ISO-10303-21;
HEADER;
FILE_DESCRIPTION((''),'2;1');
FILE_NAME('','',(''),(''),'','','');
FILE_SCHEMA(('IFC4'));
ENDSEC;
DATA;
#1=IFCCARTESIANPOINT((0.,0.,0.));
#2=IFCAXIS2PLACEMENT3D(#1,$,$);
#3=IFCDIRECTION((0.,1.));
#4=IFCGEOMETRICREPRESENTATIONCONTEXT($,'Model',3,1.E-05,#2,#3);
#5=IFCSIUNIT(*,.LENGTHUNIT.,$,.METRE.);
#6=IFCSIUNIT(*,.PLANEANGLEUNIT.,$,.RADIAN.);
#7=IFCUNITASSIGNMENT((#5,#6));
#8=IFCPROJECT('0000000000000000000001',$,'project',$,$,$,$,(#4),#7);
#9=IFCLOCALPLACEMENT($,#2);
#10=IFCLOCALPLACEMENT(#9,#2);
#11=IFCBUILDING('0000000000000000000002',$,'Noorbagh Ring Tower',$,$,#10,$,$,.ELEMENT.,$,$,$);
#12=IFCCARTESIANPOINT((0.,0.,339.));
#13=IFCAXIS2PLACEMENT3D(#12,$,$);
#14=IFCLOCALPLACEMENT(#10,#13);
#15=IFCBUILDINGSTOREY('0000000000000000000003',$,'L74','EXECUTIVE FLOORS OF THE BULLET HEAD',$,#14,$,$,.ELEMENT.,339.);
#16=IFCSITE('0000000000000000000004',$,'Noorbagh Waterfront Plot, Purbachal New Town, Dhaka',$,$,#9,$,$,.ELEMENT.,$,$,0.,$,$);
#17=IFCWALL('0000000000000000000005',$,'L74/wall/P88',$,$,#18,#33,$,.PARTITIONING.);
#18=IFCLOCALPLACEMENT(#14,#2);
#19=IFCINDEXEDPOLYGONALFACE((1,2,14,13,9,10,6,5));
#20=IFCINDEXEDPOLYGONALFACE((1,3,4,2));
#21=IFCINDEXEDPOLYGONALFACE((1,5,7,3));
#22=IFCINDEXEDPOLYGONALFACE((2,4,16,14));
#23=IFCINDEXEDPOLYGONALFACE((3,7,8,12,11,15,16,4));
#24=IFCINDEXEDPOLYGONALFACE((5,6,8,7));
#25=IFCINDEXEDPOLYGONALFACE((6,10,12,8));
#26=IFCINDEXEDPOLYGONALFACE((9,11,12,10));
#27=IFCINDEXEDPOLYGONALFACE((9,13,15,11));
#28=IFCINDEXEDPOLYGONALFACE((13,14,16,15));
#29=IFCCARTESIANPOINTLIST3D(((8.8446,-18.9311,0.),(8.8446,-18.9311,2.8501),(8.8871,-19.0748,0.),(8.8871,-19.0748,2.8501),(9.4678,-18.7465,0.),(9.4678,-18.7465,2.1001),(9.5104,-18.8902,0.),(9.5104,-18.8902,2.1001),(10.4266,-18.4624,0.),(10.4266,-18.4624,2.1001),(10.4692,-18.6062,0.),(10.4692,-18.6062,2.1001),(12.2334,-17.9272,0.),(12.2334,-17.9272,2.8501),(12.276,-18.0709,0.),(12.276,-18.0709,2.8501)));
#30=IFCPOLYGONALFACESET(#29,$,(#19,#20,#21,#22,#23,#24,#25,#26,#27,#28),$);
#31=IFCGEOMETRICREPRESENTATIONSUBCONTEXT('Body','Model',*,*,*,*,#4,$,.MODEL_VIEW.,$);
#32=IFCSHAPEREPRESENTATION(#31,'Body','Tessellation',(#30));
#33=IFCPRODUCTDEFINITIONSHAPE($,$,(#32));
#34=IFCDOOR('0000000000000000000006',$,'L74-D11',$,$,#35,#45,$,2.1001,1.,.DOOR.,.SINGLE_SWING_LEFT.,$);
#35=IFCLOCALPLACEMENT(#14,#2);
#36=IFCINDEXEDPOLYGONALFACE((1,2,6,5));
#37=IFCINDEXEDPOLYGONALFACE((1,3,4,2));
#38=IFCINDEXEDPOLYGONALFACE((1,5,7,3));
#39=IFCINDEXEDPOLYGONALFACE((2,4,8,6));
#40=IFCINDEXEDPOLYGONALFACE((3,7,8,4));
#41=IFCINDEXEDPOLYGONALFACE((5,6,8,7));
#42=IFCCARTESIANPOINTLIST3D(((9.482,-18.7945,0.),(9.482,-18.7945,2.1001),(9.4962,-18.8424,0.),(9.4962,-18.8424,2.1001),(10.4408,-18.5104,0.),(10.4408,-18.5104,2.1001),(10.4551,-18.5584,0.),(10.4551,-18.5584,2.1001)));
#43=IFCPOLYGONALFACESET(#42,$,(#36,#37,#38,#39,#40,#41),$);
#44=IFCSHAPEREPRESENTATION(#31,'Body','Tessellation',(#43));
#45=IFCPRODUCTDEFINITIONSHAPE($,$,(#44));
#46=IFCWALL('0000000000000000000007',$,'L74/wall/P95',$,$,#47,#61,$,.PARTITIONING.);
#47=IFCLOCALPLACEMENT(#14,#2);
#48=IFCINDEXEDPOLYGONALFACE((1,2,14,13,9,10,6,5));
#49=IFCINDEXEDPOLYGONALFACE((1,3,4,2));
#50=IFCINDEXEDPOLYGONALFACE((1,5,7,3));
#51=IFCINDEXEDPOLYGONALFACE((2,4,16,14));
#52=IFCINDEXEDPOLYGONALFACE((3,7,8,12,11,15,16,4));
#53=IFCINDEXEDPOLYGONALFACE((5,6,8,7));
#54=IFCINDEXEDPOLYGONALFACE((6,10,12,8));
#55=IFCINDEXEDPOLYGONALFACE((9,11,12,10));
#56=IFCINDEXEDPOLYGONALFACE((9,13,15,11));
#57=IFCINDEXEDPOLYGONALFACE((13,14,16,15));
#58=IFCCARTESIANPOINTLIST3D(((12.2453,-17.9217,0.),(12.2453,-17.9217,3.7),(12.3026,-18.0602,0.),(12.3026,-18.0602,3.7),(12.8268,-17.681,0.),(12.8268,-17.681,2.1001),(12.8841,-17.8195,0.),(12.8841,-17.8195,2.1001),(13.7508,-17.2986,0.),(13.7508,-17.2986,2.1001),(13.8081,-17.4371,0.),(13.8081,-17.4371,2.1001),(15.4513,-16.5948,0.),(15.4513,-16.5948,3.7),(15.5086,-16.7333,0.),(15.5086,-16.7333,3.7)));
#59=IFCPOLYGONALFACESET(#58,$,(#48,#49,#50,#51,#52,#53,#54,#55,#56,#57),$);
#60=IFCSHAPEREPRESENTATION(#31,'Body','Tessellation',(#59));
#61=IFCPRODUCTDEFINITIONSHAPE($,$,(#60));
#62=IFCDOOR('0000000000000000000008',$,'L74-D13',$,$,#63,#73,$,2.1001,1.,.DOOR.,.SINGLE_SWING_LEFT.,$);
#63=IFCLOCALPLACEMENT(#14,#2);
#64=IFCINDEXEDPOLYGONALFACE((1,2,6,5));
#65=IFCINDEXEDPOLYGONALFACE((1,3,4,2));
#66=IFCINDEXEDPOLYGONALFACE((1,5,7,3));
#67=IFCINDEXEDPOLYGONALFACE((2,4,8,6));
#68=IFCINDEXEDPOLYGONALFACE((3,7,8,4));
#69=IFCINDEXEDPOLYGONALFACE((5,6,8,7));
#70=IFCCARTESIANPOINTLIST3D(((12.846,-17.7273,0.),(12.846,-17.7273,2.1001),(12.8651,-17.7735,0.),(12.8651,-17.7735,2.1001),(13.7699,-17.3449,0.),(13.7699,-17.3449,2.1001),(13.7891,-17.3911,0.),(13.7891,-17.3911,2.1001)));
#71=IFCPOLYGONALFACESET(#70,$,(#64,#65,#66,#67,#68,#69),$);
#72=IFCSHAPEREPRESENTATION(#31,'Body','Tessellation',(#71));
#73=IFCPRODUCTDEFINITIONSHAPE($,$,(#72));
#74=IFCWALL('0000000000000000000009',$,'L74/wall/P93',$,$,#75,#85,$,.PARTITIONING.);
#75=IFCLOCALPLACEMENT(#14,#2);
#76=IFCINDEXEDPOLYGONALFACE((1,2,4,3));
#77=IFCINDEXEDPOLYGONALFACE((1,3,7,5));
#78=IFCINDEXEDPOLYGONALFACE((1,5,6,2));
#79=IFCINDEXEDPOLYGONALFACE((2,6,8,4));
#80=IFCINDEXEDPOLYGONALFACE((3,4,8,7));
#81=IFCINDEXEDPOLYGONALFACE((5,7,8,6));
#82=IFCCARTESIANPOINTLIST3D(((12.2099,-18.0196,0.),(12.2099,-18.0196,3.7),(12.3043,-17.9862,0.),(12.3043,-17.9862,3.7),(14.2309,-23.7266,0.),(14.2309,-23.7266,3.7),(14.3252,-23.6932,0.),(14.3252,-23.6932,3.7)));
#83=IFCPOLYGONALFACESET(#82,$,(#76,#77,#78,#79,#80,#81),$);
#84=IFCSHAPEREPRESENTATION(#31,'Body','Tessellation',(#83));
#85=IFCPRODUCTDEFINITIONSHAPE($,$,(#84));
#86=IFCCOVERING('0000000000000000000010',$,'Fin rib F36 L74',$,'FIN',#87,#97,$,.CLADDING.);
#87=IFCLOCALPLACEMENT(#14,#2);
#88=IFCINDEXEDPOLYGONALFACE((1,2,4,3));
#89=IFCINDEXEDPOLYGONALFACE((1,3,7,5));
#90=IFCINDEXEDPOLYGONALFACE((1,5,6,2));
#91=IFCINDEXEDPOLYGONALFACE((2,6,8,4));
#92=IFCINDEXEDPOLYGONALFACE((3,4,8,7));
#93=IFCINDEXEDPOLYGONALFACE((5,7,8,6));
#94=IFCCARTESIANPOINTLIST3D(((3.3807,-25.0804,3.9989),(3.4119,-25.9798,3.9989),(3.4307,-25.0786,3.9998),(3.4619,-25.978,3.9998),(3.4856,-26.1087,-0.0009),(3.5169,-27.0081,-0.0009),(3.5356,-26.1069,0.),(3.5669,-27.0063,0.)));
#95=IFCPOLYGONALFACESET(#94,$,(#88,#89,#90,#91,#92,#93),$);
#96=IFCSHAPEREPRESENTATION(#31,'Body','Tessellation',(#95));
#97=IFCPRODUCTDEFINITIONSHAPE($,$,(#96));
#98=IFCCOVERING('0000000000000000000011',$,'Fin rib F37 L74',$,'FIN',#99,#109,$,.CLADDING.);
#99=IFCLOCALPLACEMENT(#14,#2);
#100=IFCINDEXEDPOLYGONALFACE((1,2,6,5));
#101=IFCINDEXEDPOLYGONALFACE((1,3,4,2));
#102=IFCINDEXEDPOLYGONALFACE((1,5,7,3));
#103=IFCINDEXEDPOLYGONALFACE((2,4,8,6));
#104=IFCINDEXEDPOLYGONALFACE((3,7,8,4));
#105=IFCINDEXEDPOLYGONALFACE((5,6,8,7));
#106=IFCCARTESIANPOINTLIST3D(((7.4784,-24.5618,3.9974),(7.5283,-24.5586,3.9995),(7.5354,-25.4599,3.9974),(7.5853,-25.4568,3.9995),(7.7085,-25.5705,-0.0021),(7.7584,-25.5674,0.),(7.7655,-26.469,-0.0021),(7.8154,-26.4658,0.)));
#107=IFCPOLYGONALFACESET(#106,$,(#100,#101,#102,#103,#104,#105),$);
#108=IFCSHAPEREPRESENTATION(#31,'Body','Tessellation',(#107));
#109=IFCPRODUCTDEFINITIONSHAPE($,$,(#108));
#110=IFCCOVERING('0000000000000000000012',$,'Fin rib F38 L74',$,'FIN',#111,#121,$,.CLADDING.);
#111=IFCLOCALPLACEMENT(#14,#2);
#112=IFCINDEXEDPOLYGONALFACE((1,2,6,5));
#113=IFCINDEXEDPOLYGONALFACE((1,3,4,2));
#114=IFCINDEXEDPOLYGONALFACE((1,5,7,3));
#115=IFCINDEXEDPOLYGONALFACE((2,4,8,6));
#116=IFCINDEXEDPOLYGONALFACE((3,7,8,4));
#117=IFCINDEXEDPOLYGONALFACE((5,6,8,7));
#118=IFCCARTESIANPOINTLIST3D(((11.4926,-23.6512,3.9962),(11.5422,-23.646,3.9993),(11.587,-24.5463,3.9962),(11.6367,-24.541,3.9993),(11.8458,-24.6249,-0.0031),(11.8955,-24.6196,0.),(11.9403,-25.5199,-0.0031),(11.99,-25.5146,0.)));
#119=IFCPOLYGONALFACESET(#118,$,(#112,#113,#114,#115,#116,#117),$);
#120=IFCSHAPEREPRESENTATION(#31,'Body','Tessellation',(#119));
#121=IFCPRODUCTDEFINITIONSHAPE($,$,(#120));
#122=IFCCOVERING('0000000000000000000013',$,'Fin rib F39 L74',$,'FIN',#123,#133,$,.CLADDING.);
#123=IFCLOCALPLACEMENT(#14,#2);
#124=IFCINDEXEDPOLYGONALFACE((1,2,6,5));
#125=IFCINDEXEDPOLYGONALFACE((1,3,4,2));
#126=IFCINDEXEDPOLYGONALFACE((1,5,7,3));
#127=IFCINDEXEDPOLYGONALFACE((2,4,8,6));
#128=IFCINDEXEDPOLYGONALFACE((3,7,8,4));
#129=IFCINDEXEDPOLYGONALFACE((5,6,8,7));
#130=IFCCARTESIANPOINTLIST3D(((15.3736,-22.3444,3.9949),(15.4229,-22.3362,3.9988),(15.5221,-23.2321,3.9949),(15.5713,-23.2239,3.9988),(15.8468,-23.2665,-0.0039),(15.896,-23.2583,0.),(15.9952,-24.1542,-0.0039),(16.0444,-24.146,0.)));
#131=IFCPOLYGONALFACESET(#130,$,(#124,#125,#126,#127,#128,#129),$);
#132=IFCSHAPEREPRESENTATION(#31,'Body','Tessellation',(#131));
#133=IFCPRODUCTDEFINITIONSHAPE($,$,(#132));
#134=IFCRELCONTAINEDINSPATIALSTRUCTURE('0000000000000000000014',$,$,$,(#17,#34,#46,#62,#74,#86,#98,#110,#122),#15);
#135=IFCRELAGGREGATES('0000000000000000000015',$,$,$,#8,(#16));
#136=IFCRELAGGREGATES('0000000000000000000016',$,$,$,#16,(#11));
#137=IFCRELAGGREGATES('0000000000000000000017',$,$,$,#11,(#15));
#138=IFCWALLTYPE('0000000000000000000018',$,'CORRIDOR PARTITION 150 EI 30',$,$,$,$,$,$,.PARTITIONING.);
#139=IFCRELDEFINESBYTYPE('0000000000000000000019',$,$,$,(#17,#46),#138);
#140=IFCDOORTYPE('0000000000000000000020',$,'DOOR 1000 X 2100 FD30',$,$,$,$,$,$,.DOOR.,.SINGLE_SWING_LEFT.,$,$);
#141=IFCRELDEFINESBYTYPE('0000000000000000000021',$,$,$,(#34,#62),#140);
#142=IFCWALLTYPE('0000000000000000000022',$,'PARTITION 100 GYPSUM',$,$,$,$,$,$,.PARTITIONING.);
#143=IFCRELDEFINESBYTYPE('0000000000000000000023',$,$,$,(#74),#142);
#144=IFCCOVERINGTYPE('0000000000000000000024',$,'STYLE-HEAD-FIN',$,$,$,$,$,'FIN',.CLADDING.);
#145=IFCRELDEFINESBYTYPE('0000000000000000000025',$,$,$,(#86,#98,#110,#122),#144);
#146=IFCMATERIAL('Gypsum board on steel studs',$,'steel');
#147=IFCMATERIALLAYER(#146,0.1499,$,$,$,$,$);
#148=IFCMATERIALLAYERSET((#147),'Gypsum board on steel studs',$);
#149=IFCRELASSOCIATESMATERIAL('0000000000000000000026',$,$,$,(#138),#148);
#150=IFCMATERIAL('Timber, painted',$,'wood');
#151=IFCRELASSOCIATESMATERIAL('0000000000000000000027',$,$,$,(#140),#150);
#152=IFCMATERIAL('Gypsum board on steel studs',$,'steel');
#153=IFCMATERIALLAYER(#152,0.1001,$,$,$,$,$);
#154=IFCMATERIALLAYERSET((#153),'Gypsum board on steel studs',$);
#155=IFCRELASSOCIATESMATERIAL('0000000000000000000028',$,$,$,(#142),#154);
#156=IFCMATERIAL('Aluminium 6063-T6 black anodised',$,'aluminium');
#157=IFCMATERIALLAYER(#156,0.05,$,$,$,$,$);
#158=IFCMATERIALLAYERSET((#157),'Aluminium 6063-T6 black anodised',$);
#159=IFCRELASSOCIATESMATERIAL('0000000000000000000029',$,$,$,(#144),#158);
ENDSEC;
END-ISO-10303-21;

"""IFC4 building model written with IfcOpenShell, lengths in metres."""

from ifc_helpers import new_model, si_unit, direction, frame, frame_2d, origin, place, context, subcontext, project, spatial, polyline, rectangle, outline, extrude, material, layer, layer_set, type_object, element, fill, save


model = new_model("IFC4")

# Units and contexts
model_context = context("Model", 3, precision=1e-05, world=origin(), true_north=direction((0.0, 1.0)))
body_context = subcontext(model_context, "Body", "Model", "MODEL_VIEW")
ifc_project = project(units=[si_unit("LENGTHUNIT", "METRE"), si_unit("PLANEANGLEUNIT", "RADIAN")], contexts=[model_context])

# Site, building, storey
site_placement = place(None, origin())
site = spatial("IfcSite", under=ifc_project, at=site_placement, Name="Noorbagh Waterfront Plot, Purbachal New Town, Dhaka", CompositionType="ELEMENT", RefElevation=0.0)
building_placement = place(site_placement, origin())
building = spatial("IfcBuilding", under=site, at=building_placement, Name="Noorbagh Ring Tower", CompositionType="ELEMENT")
storey_placement = place(building_placement, frame((0.0, 0.0, 339.0)))
storey = spatial("IfcBuildingStorey", under=building, at=storey_placement, Name="L74", Description="EXECUTIVE FLOORS OF THE BULLET HEAD", CompositionType="ELEMENT", Elevation=339.0)

# Shared definitions
ifc_material_1 = material(Name="Gypsum board on steel studs", Category="steel")
ifc_layer_1 = layer(ifc_material_1, 0.1499)
ifc_layer_set_1 = layer_set([ifc_layer_1], Name="Gypsum board on steel studs")
wall_type_1 = type_object("IfcWallType", Name="CORRIDOR PARTITION 150 EI 30", PredefinedType="PARTITIONING", material=ifc_layer_set_1)

# Walls, openings, doors
wall_1_placement = place(storey_placement, frame((8.866, -19.0029, 0.0), z_axis=(0.0, 0.0, 1.0), x_axis=(0.958815, 0.284032, 0.0)))
wall_1 = element("IfcWall", 1, at=wall_1_placement, inside=storey, type_object=wall_type_1, Name="L74/wall/P88", PredefinedType="PARTITIONING", context=body_context, shape_type="SweptSolid", body=[
    extrude(rectangle(XDim=3.5344, YDim=0.1499, at=frame_2d((1.7671, 0.0))), origin(), (0.0, 0.0, 1.0), 2.8501),
])
opening_1_placement = place(wall_1_placement, frame((0.6499, 0.0, 0.0)))
opening_1 = element("IfcOpeningElement", 2, at=opening_1_placement, cuts=wall_1, PredefinedType="OPENING", context=body_context, shape_type="SweptSolid", body=[
    extrude(rectangle(XDim=1.0, YDim=2.1001, at=frame_2d((0.5, 1.05))), frame((0.0, 0.085, 0.0), z_axis=(0.0, -1.0, 0.0), x_axis=(1.0, 0.0, 0.0)), (0.0, 0.0, 1.0), 0.1699),
])
ifc_material_2 = material(Name="Timber, painted", Category="wood")
door_type = type_object("IfcDoorType", Name="DOOR 1000 X 2100 FD30", OperationType="SINGLE_SWING_LEFT", PredefinedType="DOOR", material=ifc_material_2)
door_1_placement = place(opening_1_placement, origin())
door_1 = element("IfcDoor", 3, at=door_1_placement, inside=storey, type_object=door_type, Name="L74-D11", OperationType="SINGLE_SWING_LEFT", OverallHeight=2.1001, OverallWidth=1.0, PredefinedType="DOOR", context=body_context, shape_type="SweptSolid", body=[
    extrude(rectangle(XDim=1.0, YDim=2.1001, at=frame_2d((0.5, 1.05))), frame((0.0, 0.0249, 0.0), z_axis=(0.0, -1.0, 0.0), x_axis=(1.0, 0.0, 0.0)), (0.0, 0.0, 1.0), 0.05),
])
fill(opening_1, door_1)
wall_2_placement = place(storey_placement, frame((12.2739, -17.991, 0.0), z_axis=(0.0, 0.0, 1.0), x_axis=(0.92399, 0.382416, 0.0)))
wall_2 = element("IfcWall", 4, at=wall_2_placement, inside=storey, type_object=wall_type_1, Name="L74/wall/P95", PredefinedType="PARTITIONING", context=body_context, shape_type="SweptSolid", body=[
    extrude(rectangle(XDim=3.4697, YDim=0.1499, at=frame_2d((1.7349, 0.0))), origin(), (0.0, 0.0, 1.0), 3.7),
])
opening_2_placement = place(wall_2_placement, frame((0.6294, 0.0, 0.0)))
opening_2 = element("IfcOpeningElement", 5, at=opening_2_placement, cuts=wall_2, PredefinedType="OPENING", context=body_context, shape_type="SweptSolid", body=[
    extrude(rectangle(XDim=1.0, YDim=2.1001, at=frame_2d((0.5, 1.05))), frame((0.0, 0.085, 0.0), z_axis=(0.0, -1.0, 0.0), x_axis=(1.0, 0.0, 0.0)), (0.0, 0.0, 1.0), 0.1699),
])
door_2_placement = place(opening_2_placement, origin())
door_2 = element("IfcDoor", 6, at=door_2_placement, inside=storey, type_object=door_type, Name="L74-D13", OperationType="SINGLE_SWING_LEFT", OverallHeight=2.1001, OverallWidth=1.0, PredefinedType="DOOR", context=body_context, shape_type="SweptSolid", body=[
    extrude(rectangle(XDim=1.0, YDim=2.1001, at=frame_2d((0.5, 1.05))), frame((0.0, 0.0249, 0.0), z_axis=(0.0, -1.0, 0.0), x_axis=(1.0, 0.0, 0.0)), (0.0, 0.0, 1.0), 0.05),
])
fill(opening_2, door_2)

# Wall
ifc_material_3 = material(Name="Gypsum board on steel studs", Category="steel")
ifc_layer_2 = layer(ifc_material_3, 0.1001)
ifc_layer_set_2 = layer_set([ifc_layer_2], Name="Gypsum board on steel studs")
wall_type_2 = type_object("IfcWallType", Name="PARTITION 100 GYPSUM", PredefinedType="PARTITIONING", material=ifc_layer_set_2)
wall_3_placement = place(storey_placement, frame((12.2571, -18.0029, 0.0), z_axis=(0.0, 0.0, 1.0), x_axis=(0.333811, -0.94264, 0.0)))
element("IfcWall", 7, at=wall_3_placement, inside=storey, type_object=wall_type_2, Name="L74/wall/P93", PredefinedType="PARTITIONING", context=body_context, shape_type="SweptSolid", body=[
    extrude(rectangle(XDim=6.0542, YDim=0.1001, at=frame_2d((3.0271, 0.0))), origin(), (0.0, 0.0, 1.0), 3.7),
])

# Coverings
ifc_material_4 = material(Name="Aluminium 6063-T6 black anodised", Category="aluminium")
ifc_layer_3 = layer(ifc_material_4, 0.05)
ifc_layer_set_3 = layer_set([ifc_layer_3], Name="Aluminium 6063-T6 black anodised")
covering_type_1 = type_object("IfcCoveringType", Name="STYLE-HEAD-FIN", ElementType="FIN", PredefinedType="CLADDING", material=ifc_layer_set_3)
covering_1_placement = place(storey_placement, frame((3.5669, -27.0063, 0.0), z_axis=(0.999247, 0.034719, 0.017301), x_axis=(-0.025412, 0.248918, 0.968191)))
element("IfcCovering", 8, at=covering_1_placement, inside=storey, type_object=covering_type_1, Name="Fin rib F36 L74", ObjectType="FIN", PredefinedType="CLADDING", context=body_context, shape_type="SweptSolid", body=[
    extrude(outline(polyline([(0.0, 0.0), (4.1312, 0.0), (4.3558, -0.8715), (0.2247, -0.8715), (0.0, 0.0)])), origin(), (0.0, 0.0, -1.0), 0.05),
])
covering_2_placement = place(storey_placement, frame((7.8154, -26.4658, 0.0), z_axis=(0.997137, 0.063278, 0.041406), x_axis=(-0.0557, 0.244246, 0.968112)))
element("IfcCovering", 9, at=covering_2_placement, inside=storey, type_object=covering_type_1, Name="Fin rib F37 L74", ObjectType="FIN", PredefinedType="CLADDING", context=body_context, shape_type="SweptSolid", body=[
    extrude(outline(polyline([(0.0, 0.0), (4.1313, 0.0), (4.3538, -0.872), (0.2226, -0.8723), (0.0, 0.0)])), origin(), (0.0, 0.0, -1.0), 0.05),
])
covering_3_placement = place(storey_placement, frame((11.99, -25.5146, 0.0), z_axis=(0.992551, 0.104778, 0.062167), x_axis=(-0.085513, 0.235677, 0.968062)))
element("IfcCovering", 10, at=covering_3_placement, inside=storey, type_object=covering_type_1, Name="Fin rib F38 L74", ObjectType="FIN", PredefinedType="CLADDING", context=body_context, shape_type="SweptSolid", body=[
    extrude(outline(polyline([(0.0, 0.0), (4.1312, 0.0), (4.3502, -0.8729), (0.219, -0.8729), (0.0, 0.0)])), origin(), (0.0, 0.0, -1.0), 0.05),
])
covering_4_placement = place(storey_placement, frame((16.0444, -24.146, 0.0), z_axis=(0.983268, 0.164419, 0.078427), x_axis=(-0.114538, 0.223224, 0.968014)))
element("IfcCovering", 11, at=covering_4_placement, inside=storey, type_object=covering_type_1, Name="Fin rib F39 L74", ObjectType="FIN", PredefinedType="CLADDING", context=body_context, shape_type="SweptSolid", body=[
    extrude(outline(polyline([(0.0, 0.0), (4.1309, 0.0), (4.3461, -0.8739), (0.2152, -0.8739), (0.0, 0.0)])), origin(), (0.0, 0.0, -1.0), 0.05),
])

save(model, "model.ifc")
